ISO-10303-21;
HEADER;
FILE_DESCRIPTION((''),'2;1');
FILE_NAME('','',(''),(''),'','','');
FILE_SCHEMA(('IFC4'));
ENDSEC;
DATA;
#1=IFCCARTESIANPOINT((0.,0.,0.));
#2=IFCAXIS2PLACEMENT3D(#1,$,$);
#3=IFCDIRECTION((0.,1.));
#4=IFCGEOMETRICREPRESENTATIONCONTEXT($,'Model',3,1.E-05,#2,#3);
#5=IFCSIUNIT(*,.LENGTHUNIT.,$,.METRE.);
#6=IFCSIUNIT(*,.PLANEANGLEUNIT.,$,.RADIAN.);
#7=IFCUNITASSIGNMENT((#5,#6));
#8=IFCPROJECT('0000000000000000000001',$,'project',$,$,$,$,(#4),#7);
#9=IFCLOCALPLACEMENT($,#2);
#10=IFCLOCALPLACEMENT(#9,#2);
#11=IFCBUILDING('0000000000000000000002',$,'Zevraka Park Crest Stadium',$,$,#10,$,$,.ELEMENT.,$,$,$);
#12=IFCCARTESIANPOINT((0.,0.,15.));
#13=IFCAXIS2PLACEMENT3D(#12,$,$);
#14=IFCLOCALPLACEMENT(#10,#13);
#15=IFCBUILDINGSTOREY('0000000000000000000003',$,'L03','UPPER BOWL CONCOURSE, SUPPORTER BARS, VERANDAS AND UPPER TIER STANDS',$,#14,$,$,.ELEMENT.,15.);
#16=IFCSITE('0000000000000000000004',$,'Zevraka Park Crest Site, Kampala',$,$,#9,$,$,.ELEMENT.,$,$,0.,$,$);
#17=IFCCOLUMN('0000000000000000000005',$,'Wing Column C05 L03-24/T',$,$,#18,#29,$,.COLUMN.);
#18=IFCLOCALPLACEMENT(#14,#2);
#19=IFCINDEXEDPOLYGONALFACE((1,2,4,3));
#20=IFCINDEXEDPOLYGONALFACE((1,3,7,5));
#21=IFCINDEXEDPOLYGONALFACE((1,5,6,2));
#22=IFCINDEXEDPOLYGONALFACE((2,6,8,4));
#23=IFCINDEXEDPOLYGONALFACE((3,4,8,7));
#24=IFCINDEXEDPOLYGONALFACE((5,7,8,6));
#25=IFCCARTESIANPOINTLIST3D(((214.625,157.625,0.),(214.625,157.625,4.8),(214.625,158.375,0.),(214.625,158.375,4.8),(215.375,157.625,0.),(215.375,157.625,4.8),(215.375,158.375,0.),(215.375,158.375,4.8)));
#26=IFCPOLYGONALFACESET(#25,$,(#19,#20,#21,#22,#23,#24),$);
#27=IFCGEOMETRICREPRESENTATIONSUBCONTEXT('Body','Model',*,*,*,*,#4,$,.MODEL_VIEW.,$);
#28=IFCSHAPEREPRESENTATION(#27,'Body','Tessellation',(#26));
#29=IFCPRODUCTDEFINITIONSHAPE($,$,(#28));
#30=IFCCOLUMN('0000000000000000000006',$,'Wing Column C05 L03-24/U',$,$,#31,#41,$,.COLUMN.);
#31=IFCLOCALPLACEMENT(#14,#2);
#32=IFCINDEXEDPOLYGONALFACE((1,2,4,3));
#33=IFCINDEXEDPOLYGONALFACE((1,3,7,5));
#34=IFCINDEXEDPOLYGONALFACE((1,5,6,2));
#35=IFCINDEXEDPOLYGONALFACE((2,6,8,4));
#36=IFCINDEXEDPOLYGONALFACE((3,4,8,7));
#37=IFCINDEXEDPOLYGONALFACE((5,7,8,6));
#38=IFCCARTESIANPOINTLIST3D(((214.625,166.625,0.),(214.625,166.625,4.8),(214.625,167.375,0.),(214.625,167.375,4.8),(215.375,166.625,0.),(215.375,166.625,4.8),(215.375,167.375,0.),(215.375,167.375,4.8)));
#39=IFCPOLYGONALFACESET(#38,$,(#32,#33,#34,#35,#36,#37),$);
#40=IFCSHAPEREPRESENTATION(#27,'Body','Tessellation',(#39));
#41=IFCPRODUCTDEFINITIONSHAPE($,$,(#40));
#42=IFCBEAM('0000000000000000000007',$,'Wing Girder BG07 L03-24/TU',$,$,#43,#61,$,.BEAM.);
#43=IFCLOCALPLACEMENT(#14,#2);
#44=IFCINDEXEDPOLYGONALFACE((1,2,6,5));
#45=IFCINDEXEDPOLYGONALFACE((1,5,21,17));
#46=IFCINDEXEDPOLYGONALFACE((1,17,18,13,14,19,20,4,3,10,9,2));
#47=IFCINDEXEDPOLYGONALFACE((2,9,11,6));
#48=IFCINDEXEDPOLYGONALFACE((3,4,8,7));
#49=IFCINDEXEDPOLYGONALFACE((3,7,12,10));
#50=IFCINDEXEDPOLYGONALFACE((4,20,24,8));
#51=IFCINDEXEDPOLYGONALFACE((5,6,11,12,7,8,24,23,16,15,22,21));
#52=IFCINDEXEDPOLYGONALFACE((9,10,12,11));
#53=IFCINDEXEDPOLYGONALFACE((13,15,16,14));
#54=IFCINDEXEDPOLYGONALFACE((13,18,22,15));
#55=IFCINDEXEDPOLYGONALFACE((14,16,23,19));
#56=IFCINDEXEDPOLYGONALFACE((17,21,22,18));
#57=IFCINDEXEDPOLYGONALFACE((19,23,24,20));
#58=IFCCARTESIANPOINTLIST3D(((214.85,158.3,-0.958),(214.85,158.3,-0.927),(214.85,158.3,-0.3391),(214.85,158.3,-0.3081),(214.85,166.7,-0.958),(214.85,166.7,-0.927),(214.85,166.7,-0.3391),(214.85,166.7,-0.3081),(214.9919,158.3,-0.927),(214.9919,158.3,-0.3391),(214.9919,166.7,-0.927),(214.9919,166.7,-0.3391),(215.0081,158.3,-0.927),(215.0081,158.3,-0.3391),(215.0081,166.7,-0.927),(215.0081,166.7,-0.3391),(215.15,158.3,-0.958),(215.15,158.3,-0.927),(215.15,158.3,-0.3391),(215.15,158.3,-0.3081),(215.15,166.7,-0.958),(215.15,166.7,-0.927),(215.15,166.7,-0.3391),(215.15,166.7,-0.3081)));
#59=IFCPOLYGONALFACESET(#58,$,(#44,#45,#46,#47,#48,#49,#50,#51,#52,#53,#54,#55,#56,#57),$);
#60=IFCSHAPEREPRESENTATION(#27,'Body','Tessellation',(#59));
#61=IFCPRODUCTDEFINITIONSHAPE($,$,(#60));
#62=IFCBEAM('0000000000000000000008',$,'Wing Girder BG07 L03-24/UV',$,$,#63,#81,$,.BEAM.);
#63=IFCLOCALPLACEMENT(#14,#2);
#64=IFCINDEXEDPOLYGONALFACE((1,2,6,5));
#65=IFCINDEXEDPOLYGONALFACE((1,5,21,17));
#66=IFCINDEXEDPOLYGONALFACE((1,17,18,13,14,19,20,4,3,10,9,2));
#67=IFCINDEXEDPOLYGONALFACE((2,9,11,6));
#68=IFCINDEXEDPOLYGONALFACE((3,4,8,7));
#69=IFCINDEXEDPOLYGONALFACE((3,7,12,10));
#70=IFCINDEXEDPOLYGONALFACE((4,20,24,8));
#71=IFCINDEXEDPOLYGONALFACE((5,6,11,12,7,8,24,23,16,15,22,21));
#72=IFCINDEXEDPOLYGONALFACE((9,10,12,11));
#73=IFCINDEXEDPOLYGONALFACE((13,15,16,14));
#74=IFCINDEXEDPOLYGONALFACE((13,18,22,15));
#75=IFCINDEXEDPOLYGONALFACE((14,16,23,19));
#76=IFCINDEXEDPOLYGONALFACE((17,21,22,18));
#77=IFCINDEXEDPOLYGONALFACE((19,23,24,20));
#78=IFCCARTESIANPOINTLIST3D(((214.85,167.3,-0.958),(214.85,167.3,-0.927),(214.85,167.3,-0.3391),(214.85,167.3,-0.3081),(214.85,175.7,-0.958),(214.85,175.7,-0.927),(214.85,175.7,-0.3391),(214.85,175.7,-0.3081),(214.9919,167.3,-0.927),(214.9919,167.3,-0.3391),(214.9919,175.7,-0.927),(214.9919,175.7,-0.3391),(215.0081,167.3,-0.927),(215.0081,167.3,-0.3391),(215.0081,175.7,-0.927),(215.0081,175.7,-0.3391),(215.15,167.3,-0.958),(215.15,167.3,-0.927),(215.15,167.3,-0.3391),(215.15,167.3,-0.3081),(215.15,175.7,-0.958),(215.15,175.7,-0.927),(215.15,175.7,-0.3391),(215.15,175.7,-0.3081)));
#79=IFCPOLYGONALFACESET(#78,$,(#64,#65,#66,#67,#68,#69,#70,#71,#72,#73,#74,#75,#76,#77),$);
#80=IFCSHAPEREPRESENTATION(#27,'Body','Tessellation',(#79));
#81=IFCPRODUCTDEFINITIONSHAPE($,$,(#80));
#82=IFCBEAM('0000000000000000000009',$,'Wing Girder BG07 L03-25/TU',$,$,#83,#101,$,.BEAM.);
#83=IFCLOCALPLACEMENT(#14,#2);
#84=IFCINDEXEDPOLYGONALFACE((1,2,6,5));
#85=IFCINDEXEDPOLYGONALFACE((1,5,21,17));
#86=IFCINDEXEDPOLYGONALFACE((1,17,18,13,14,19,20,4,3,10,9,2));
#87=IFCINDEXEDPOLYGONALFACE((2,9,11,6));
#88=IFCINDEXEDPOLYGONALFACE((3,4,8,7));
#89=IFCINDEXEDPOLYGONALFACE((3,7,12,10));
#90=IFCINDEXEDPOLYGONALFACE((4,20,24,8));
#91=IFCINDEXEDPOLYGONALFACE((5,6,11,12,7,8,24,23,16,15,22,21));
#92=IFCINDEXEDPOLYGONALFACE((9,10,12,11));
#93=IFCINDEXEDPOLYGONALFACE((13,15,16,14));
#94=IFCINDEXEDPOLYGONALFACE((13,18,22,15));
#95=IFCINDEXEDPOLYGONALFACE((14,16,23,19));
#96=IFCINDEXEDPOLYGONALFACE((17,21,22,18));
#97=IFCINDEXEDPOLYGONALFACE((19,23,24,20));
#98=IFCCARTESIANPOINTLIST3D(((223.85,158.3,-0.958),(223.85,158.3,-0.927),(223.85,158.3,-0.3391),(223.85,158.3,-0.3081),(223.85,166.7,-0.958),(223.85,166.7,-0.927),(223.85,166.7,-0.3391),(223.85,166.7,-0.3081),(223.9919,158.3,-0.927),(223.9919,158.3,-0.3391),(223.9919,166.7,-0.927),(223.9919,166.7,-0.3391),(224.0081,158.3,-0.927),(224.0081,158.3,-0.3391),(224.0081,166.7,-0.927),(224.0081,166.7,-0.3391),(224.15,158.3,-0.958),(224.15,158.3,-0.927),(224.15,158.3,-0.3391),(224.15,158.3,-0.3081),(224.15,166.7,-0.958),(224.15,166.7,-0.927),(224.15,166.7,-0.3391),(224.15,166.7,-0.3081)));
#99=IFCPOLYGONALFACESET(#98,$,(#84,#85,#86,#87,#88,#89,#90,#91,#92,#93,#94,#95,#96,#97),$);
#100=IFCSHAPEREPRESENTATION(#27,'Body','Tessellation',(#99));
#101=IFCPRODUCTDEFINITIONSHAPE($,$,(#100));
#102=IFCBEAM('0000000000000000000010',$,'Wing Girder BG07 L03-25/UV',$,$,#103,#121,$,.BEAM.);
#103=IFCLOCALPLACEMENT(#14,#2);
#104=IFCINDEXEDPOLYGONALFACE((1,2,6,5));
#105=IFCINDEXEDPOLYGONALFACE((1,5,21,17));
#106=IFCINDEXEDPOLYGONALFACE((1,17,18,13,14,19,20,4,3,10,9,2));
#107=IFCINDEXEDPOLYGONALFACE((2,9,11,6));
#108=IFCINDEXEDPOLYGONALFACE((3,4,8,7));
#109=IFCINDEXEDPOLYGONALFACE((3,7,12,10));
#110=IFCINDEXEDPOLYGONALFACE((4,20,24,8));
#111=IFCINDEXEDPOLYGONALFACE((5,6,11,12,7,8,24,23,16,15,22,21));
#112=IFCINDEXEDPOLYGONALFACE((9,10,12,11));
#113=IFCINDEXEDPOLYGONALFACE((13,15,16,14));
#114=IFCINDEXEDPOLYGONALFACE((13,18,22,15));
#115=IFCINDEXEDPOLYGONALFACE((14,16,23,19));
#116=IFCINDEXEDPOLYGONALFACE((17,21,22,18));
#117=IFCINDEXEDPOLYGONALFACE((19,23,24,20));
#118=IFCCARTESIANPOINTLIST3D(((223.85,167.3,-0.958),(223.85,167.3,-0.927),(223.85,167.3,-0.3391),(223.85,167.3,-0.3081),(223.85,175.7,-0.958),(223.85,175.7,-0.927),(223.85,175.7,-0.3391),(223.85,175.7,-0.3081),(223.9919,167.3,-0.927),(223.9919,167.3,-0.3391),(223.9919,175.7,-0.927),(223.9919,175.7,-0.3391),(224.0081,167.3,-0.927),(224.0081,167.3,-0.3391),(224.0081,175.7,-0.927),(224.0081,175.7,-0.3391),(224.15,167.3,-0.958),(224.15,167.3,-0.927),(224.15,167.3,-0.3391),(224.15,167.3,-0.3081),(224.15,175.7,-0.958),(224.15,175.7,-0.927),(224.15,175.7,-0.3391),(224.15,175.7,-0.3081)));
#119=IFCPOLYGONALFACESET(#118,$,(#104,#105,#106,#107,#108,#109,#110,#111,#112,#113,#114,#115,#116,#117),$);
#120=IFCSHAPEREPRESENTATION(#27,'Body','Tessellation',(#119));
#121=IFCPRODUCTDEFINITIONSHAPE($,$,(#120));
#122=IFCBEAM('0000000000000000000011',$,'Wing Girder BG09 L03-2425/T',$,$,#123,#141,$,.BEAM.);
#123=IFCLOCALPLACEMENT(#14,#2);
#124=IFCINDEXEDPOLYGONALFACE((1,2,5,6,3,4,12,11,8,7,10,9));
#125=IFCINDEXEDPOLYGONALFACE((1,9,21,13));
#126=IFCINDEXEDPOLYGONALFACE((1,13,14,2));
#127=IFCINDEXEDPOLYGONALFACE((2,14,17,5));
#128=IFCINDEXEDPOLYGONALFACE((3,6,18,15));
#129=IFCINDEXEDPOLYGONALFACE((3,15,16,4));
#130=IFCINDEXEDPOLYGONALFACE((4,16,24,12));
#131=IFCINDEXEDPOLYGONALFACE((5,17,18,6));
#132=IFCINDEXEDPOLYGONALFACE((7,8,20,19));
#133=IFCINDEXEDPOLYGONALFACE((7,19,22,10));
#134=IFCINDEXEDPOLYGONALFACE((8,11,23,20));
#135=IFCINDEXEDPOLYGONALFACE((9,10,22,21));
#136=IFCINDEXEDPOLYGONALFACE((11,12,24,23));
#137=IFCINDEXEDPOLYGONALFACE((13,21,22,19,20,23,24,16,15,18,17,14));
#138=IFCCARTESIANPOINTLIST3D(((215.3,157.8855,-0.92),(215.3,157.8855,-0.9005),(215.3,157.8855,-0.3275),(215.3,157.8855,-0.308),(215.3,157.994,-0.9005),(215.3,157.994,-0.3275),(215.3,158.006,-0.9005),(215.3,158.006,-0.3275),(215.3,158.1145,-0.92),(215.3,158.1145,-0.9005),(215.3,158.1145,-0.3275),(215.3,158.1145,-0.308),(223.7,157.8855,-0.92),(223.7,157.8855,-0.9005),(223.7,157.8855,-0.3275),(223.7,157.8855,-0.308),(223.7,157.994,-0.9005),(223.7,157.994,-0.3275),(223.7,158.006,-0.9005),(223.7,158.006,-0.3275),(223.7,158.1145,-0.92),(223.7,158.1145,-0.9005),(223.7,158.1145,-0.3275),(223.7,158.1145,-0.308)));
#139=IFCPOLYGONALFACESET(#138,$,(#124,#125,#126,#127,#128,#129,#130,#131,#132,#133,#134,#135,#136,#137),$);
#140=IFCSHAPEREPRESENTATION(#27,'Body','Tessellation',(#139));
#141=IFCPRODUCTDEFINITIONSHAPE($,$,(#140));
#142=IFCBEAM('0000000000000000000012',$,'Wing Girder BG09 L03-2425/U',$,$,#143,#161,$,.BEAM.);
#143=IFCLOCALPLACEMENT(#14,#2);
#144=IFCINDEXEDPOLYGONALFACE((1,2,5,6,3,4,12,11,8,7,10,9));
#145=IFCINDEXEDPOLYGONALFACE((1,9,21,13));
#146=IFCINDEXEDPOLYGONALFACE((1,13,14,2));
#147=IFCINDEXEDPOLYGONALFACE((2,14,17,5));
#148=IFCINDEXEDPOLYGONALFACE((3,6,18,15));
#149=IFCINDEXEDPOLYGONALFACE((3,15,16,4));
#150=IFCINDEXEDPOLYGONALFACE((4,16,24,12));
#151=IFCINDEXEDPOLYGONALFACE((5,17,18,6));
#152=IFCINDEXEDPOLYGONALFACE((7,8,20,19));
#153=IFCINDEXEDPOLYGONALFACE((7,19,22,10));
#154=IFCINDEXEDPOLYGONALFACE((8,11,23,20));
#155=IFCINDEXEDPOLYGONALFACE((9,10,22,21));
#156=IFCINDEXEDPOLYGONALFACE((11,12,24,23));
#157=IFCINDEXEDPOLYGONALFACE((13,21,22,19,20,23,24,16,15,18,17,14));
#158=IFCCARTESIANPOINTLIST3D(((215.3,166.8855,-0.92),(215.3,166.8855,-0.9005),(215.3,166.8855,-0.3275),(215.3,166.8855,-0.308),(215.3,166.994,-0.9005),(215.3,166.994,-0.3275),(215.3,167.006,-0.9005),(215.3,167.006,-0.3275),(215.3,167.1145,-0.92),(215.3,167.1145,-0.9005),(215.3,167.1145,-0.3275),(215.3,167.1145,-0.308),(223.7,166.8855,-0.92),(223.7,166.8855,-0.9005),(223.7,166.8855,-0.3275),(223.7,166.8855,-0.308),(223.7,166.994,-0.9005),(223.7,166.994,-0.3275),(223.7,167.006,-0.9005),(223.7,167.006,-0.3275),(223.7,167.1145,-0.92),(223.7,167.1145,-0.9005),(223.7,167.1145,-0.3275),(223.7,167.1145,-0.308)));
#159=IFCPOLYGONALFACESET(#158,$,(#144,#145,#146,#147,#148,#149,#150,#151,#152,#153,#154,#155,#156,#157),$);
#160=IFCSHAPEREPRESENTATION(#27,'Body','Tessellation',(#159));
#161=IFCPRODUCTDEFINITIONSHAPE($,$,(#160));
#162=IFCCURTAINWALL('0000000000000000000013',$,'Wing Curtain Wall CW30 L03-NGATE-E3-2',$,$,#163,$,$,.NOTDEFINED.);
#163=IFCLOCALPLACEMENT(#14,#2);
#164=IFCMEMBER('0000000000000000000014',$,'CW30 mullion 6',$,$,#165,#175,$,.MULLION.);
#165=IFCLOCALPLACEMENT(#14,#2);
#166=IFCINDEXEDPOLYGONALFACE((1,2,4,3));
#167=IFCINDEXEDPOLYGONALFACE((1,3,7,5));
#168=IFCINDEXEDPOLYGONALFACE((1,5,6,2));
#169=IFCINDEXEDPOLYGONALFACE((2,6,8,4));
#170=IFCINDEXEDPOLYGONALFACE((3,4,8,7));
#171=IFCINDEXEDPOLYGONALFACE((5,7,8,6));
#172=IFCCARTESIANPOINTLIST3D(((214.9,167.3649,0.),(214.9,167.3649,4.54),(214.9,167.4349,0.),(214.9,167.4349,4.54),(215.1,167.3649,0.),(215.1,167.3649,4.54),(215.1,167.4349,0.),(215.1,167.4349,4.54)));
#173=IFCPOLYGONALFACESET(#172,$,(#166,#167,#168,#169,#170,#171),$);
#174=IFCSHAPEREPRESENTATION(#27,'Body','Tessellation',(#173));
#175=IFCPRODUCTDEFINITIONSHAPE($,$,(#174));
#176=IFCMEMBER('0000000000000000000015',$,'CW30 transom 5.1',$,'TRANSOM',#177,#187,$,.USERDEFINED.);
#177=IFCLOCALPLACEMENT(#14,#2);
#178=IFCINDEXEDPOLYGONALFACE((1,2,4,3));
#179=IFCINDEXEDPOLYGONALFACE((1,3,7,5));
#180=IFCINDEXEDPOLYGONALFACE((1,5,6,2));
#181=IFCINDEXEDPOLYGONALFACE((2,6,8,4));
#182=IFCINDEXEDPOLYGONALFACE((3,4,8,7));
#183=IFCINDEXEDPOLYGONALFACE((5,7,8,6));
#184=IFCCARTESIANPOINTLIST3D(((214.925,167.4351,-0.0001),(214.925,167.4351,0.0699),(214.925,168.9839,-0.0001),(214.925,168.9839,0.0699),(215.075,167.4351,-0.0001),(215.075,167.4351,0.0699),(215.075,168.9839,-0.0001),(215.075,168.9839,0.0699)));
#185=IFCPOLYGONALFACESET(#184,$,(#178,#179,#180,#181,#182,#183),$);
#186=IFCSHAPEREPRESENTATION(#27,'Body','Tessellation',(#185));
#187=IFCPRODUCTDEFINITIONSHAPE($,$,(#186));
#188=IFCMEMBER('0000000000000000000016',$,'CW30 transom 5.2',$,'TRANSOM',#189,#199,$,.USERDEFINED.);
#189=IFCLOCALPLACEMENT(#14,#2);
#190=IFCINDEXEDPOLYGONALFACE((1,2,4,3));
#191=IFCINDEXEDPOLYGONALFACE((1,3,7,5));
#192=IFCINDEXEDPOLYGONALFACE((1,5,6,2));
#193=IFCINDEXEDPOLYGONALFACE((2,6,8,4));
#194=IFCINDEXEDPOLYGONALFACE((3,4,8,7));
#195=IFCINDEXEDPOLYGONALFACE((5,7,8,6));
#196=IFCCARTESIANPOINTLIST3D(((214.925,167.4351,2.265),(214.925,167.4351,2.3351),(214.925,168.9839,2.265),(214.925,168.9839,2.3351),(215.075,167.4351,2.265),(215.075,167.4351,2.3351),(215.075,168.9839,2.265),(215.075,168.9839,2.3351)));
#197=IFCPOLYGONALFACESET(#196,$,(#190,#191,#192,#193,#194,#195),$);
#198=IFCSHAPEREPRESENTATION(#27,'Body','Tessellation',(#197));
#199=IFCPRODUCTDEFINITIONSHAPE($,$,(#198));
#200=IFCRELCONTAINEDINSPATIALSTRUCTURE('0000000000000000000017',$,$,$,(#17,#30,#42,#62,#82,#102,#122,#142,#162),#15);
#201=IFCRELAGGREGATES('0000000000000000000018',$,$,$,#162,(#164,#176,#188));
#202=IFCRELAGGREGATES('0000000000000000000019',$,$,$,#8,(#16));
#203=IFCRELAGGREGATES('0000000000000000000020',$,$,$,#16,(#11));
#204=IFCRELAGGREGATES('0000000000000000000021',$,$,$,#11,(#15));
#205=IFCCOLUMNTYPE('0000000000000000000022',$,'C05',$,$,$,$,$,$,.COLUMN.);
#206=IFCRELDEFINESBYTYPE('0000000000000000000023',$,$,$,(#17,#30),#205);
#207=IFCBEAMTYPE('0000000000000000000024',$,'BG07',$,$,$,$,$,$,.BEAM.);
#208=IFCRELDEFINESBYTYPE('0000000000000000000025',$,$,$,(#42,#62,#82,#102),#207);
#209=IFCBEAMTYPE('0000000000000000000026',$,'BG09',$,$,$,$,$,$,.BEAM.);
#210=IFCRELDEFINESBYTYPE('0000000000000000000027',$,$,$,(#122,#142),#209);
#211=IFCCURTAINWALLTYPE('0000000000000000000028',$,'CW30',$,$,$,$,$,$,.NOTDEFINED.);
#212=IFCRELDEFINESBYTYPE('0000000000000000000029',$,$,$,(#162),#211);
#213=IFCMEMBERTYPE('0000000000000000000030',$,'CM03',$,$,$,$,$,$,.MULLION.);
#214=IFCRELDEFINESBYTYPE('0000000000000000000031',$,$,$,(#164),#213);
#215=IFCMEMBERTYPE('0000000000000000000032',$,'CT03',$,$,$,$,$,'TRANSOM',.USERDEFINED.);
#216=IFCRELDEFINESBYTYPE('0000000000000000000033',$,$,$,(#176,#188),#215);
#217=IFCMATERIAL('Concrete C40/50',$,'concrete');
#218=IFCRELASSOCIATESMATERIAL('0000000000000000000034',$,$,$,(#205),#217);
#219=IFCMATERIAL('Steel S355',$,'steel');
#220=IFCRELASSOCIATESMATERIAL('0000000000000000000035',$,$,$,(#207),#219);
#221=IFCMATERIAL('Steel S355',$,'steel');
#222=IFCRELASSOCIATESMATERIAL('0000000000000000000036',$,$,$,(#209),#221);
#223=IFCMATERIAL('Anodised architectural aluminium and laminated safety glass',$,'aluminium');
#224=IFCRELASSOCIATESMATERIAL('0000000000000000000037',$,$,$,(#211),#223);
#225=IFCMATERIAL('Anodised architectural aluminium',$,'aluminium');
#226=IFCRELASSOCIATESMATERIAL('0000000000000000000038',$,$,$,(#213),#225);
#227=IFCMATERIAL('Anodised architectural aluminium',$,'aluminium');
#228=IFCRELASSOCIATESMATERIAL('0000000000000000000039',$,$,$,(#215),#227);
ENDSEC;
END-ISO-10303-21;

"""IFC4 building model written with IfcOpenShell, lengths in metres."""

from ifc_helpers import new_model, si_unit, direction, frame, origin, origin_2d, place, context, subcontext, project, spatial, rectangle, i_section, extrude, material, material_profile, profile_set, type_object, element, aggregate, save


model = new_model("IFC4")

# Units and contexts
model_context = context("Model", 3, precision=1e-05, world=origin(), true_north=direction((0.0, 1.0)))
body_context = subcontext(model_context, "Body", "Model", "MODEL_VIEW")
ifc_project = project(units=[si_unit("LENGTHUNIT", "METRE"), si_unit("PLANEANGLEUNIT", "RADIAN")], contexts=[model_context])

# Site, building, storey
site_placement = place(None, origin())
site = spatial("IfcSite", under=ifc_project, at=site_placement, Name="Zevraka Park Crest Site, Kampala", CompositionType="ELEMENT", RefElevation=0.0)
building_placement = place(site_placement, origin())
building = spatial("IfcBuilding", under=site, at=building_placement, Name="Zevraka Park Crest Stadium", CompositionType="ELEMENT")
storey_placement = place(building_placement, frame((0.0, 0.0, 15.0)))
storey = spatial("IfcBuildingStorey", under=building, at=storey_placement, Name="L03", Description="UPPER BOWL CONCOURSE, SUPPORTER BARS, VERANDAS AND UPPER TIER STANDS", CompositionType="ELEMENT", Elevation=15.0)

# Columns
ifc_material_1 = material(Name="Concrete C40/50", Category="concrete")
ifc_material_profile_1 = material_profile(ifc_material_1, rectangle(XDim=0.75, YDim=0.75, at=origin_2d()), Name="RC 750x750")
ifc_profile_set_1 = profile_set([ifc_material_profile_1], Name="Concrete C40/50")
column_type = type_object("IfcColumnType", Name="C05", PredefinedType="COLUMN", material=ifc_profile_set_1)
for number, where, z_axis, x_axis, name in (
    (1, (215.0, 158.0, 0.0), (0.0, 0.0, 1.0), (1.0, 0.0, 0.0), "Wing Column C05 L03-24/T"),
    (2, (215.0, 167.0, 0.0), (0.0, 0.0, 1.0), (1.0, 0.0, 0.0), "Wing Column C05 L03-24/U"),
):
    element("IfcColumn", number, at=place(storey_placement, frame(where, z_axis=z_axis, x_axis=x_axis)), inside=storey, type_object=column_type, Name=name, PredefinedType="COLUMN", context=body_context, shape_type="SweptSolid", body=[
        extrude(rectangle(XDim=0.75, YDim=0.75, at=origin_2d()), origin(), (0.0, 0.0, 1.0), 4.8),
    ])

# Beams
ifc_material_2 = material(Name="Steel S355", Category="steel")
ifc_material_profile_2 = material_profile(ifc_material_2, i_section(OverallWidth=0.3, OverallDepth=0.6499, WebThickness=0.0161, FlangeThickness=0.031, at=origin_2d()), Name="HEB 650")
ifc_profile_set_2 = profile_set([ifc_material_profile_2], Name="Steel S355")
beam_type_1 = type_object("IfcBeamType", Name="BG07", PredefinedType="BEAM", material=ifc_profile_set_2)
for number, where, z_axis, x_axis, name in (
    (3, (215.0, 158.3, -0.6331), (0.0, 1.0, 0.0), (-1.0, 0.0, 0.0), "Wing Girder BG07 L03-24/TU"),
    (4, (215.0, 167.3, -0.6331), (0.0, 1.0, 0.0), (-1.0, 0.0, 0.0), "Wing Girder BG07 L03-24/UV"),
    (5, (224.0, 158.3, -0.6331), (0.0, 1.0, 0.0), (-1.0, 0.0, 0.0), "Wing Girder BG07 L03-25/TU"),
    (6, (224.0, 167.3, -0.6331), (0.0, 1.0, 0.0), (-1.0, 0.0, 0.0), "Wing Girder BG07 L03-25/UV"),
):
    element("IfcBeam", number, at=place(storey_placement, frame(where, z_axis=z_axis, x_axis=x_axis)), inside=storey, type_object=beam_type_1, Name=name, PredefinedType="BEAM", context=body_context, shape_type="SweptSolid", body=[
        extrude(i_section(OverallWidth=0.3, OverallDepth=0.6499, WebThickness=0.0161, FlangeThickness=0.031, at=origin_2d()), origin(), (0.0, 0.0, 1.0), 8.3999),
    ])
ifc_material_3 = material(Name="Steel S355", Category="steel")
ifc_material_profile_3 = material_profile(ifc_material_3, i_section(OverallWidth=0.229, OverallDepth=0.6121, WebThickness=0.012, FlangeThickness=0.0195, at=origin_2d()), Name="UKB 610x229x125")
ifc_profile_set_3 = profile_set([ifc_material_profile_3], Name="Steel S355")
beam_type_2 = type_object("IfcBeamType", Name="BG09", PredefinedType="BEAM", material=ifc_profile_set_3)
for number, where, z_axis, x_axis, name in (
    (7, (215.3, 158.0, -0.614), (1.0, 0.0, 0.0), (0.0, 1.0, 0.0), "Wing Girder BG09 L03-2425/T"),
    (8, (215.3, 167.0, -0.614), (1.0, 0.0, 0.0), (0.0, 1.0, 0.0), "Wing Girder BG09 L03-2425/U"),
):
    element("IfcBeam", number, at=place(storey_placement, frame(where, z_axis=z_axis, x_axis=x_axis)), inside=storey, type_object=beam_type_2, Name=name, PredefinedType="BEAM", context=body_context, shape_type="SweptSolid", body=[
        extrude(i_section(OverallWidth=0.229, OverallDepth=0.6121, WebThickness=0.012, FlangeThickness=0.0195, at=origin_2d()), origin(), (0.0, 0.0, 1.0), 8.3999),
    ])

# Curtain wall, members
ifc_material_4 = material(Name="Anodised architectural aluminium and laminated safety glass", Category="aluminium")
curtain_wall_type = type_object("IfcCurtainWallType", Name="CW30", PredefinedType="NOTDEFINED", material=ifc_material_4)
curtain_wall_placement = place(storey_placement, origin())
curtain_wall = element("IfcCurtainWall", 9, at=curtain_wall_placement, inside=storey, type_object=curtain_wall_type, Name="Wing Curtain Wall CW30 L03-NGATE-E3-2", PredefinedType="NOTDEFINED")
ifc_material_5 = material(Name="Anodised architectural aluminium", Category="aluminium")
ifc_material_profile_4 = material_profile(ifc_material_5, rectangle(XDim=0.2, YDim=0.0701, at=origin_2d()), Name="ALU MULLION 200x70")
ifc_profile_set_4 = profile_set([ifc_material_profile_4], Name="Anodised architectural aluminium")
member_type_1 = type_object("IfcMemberType", Name="CM03", PredefinedType="MULLION", material=ifc_profile_set_4)
member_1_placement = place(storey_placement, frame((215.0, 167.3999, 0.0), z_axis=(0.0, 0.0, 1.0), x_axis=(1.0, 0.0, 0.0)))
member_1 = element("IfcMember", 10, at=member_1_placement, type_object=member_type_1, Name="CW30 mullion 6", PredefinedType="MULLION", context=body_context, shape_type="SweptSolid", body=[
    extrude(rectangle(XDim=0.2, YDim=0.0701, at=origin_2d()), origin(), (0.0, 0.0, 1.0), 4.54),
])
ifc_material_6 = material(Name="Anodised architectural aluminium", Category="aluminium")
ifc_material_profile_5 = material_profile(ifc_material_6, rectangle(XDim=0.1499, YDim=0.0701, at=origin_2d()), Name="ALU TRANSOM 150x70")
ifc_profile_set_5 = profile_set([ifc_material_profile_5], Name="Anodised architectural aluminium")
member_type_2 = type_object("IfcMemberType", Name="CT03", ElementType="TRANSOM", PredefinedType="USERDEFINED", material=ifc_profile_set_5)
member_2_placement = place(storey_placement, frame((215.0, 168.9839, 0.0349), z_axis=(0.0, -1.0, 0.0), x_axis=(1.0, 0.0, 0.0)))
member_2 = element("IfcMember", 11, at=member_2_placement, type_object=member_type_2, Name="CW30 transom 5.1", ObjectType="TRANSOM", PredefinedType="USERDEFINED", context=body_context, shape_type="SweptSolid", body=[
    extrude(rectangle(XDim=0.1499, YDim=0.0701, at=origin_2d()), origin(), (0.0, 0.0, 1.0), 1.5488),
])
member_3_placement = place(storey_placement, frame((215.0, 168.9839, 2.3), z_axis=(0.0, -1.0, 0.0), x_axis=(1.0, 0.0, 0.0)))
member_3 = element("IfcMember", 12, at=member_3_placement, type_object=member_type_2, Name="CW30 transom 5.2", ObjectType="TRANSOM", PredefinedType="USERDEFINED", context=body_context, shape_type="SweptSolid", body=[
    extrude(rectangle(XDim=0.1499, YDim=0.0701, at=origin_2d()), origin(), (0.0, 0.0, 1.0), 1.5488),
])

aggregate(curtain_wall, [member_1, member_2, member_3])

save(model, "model.ifc")
